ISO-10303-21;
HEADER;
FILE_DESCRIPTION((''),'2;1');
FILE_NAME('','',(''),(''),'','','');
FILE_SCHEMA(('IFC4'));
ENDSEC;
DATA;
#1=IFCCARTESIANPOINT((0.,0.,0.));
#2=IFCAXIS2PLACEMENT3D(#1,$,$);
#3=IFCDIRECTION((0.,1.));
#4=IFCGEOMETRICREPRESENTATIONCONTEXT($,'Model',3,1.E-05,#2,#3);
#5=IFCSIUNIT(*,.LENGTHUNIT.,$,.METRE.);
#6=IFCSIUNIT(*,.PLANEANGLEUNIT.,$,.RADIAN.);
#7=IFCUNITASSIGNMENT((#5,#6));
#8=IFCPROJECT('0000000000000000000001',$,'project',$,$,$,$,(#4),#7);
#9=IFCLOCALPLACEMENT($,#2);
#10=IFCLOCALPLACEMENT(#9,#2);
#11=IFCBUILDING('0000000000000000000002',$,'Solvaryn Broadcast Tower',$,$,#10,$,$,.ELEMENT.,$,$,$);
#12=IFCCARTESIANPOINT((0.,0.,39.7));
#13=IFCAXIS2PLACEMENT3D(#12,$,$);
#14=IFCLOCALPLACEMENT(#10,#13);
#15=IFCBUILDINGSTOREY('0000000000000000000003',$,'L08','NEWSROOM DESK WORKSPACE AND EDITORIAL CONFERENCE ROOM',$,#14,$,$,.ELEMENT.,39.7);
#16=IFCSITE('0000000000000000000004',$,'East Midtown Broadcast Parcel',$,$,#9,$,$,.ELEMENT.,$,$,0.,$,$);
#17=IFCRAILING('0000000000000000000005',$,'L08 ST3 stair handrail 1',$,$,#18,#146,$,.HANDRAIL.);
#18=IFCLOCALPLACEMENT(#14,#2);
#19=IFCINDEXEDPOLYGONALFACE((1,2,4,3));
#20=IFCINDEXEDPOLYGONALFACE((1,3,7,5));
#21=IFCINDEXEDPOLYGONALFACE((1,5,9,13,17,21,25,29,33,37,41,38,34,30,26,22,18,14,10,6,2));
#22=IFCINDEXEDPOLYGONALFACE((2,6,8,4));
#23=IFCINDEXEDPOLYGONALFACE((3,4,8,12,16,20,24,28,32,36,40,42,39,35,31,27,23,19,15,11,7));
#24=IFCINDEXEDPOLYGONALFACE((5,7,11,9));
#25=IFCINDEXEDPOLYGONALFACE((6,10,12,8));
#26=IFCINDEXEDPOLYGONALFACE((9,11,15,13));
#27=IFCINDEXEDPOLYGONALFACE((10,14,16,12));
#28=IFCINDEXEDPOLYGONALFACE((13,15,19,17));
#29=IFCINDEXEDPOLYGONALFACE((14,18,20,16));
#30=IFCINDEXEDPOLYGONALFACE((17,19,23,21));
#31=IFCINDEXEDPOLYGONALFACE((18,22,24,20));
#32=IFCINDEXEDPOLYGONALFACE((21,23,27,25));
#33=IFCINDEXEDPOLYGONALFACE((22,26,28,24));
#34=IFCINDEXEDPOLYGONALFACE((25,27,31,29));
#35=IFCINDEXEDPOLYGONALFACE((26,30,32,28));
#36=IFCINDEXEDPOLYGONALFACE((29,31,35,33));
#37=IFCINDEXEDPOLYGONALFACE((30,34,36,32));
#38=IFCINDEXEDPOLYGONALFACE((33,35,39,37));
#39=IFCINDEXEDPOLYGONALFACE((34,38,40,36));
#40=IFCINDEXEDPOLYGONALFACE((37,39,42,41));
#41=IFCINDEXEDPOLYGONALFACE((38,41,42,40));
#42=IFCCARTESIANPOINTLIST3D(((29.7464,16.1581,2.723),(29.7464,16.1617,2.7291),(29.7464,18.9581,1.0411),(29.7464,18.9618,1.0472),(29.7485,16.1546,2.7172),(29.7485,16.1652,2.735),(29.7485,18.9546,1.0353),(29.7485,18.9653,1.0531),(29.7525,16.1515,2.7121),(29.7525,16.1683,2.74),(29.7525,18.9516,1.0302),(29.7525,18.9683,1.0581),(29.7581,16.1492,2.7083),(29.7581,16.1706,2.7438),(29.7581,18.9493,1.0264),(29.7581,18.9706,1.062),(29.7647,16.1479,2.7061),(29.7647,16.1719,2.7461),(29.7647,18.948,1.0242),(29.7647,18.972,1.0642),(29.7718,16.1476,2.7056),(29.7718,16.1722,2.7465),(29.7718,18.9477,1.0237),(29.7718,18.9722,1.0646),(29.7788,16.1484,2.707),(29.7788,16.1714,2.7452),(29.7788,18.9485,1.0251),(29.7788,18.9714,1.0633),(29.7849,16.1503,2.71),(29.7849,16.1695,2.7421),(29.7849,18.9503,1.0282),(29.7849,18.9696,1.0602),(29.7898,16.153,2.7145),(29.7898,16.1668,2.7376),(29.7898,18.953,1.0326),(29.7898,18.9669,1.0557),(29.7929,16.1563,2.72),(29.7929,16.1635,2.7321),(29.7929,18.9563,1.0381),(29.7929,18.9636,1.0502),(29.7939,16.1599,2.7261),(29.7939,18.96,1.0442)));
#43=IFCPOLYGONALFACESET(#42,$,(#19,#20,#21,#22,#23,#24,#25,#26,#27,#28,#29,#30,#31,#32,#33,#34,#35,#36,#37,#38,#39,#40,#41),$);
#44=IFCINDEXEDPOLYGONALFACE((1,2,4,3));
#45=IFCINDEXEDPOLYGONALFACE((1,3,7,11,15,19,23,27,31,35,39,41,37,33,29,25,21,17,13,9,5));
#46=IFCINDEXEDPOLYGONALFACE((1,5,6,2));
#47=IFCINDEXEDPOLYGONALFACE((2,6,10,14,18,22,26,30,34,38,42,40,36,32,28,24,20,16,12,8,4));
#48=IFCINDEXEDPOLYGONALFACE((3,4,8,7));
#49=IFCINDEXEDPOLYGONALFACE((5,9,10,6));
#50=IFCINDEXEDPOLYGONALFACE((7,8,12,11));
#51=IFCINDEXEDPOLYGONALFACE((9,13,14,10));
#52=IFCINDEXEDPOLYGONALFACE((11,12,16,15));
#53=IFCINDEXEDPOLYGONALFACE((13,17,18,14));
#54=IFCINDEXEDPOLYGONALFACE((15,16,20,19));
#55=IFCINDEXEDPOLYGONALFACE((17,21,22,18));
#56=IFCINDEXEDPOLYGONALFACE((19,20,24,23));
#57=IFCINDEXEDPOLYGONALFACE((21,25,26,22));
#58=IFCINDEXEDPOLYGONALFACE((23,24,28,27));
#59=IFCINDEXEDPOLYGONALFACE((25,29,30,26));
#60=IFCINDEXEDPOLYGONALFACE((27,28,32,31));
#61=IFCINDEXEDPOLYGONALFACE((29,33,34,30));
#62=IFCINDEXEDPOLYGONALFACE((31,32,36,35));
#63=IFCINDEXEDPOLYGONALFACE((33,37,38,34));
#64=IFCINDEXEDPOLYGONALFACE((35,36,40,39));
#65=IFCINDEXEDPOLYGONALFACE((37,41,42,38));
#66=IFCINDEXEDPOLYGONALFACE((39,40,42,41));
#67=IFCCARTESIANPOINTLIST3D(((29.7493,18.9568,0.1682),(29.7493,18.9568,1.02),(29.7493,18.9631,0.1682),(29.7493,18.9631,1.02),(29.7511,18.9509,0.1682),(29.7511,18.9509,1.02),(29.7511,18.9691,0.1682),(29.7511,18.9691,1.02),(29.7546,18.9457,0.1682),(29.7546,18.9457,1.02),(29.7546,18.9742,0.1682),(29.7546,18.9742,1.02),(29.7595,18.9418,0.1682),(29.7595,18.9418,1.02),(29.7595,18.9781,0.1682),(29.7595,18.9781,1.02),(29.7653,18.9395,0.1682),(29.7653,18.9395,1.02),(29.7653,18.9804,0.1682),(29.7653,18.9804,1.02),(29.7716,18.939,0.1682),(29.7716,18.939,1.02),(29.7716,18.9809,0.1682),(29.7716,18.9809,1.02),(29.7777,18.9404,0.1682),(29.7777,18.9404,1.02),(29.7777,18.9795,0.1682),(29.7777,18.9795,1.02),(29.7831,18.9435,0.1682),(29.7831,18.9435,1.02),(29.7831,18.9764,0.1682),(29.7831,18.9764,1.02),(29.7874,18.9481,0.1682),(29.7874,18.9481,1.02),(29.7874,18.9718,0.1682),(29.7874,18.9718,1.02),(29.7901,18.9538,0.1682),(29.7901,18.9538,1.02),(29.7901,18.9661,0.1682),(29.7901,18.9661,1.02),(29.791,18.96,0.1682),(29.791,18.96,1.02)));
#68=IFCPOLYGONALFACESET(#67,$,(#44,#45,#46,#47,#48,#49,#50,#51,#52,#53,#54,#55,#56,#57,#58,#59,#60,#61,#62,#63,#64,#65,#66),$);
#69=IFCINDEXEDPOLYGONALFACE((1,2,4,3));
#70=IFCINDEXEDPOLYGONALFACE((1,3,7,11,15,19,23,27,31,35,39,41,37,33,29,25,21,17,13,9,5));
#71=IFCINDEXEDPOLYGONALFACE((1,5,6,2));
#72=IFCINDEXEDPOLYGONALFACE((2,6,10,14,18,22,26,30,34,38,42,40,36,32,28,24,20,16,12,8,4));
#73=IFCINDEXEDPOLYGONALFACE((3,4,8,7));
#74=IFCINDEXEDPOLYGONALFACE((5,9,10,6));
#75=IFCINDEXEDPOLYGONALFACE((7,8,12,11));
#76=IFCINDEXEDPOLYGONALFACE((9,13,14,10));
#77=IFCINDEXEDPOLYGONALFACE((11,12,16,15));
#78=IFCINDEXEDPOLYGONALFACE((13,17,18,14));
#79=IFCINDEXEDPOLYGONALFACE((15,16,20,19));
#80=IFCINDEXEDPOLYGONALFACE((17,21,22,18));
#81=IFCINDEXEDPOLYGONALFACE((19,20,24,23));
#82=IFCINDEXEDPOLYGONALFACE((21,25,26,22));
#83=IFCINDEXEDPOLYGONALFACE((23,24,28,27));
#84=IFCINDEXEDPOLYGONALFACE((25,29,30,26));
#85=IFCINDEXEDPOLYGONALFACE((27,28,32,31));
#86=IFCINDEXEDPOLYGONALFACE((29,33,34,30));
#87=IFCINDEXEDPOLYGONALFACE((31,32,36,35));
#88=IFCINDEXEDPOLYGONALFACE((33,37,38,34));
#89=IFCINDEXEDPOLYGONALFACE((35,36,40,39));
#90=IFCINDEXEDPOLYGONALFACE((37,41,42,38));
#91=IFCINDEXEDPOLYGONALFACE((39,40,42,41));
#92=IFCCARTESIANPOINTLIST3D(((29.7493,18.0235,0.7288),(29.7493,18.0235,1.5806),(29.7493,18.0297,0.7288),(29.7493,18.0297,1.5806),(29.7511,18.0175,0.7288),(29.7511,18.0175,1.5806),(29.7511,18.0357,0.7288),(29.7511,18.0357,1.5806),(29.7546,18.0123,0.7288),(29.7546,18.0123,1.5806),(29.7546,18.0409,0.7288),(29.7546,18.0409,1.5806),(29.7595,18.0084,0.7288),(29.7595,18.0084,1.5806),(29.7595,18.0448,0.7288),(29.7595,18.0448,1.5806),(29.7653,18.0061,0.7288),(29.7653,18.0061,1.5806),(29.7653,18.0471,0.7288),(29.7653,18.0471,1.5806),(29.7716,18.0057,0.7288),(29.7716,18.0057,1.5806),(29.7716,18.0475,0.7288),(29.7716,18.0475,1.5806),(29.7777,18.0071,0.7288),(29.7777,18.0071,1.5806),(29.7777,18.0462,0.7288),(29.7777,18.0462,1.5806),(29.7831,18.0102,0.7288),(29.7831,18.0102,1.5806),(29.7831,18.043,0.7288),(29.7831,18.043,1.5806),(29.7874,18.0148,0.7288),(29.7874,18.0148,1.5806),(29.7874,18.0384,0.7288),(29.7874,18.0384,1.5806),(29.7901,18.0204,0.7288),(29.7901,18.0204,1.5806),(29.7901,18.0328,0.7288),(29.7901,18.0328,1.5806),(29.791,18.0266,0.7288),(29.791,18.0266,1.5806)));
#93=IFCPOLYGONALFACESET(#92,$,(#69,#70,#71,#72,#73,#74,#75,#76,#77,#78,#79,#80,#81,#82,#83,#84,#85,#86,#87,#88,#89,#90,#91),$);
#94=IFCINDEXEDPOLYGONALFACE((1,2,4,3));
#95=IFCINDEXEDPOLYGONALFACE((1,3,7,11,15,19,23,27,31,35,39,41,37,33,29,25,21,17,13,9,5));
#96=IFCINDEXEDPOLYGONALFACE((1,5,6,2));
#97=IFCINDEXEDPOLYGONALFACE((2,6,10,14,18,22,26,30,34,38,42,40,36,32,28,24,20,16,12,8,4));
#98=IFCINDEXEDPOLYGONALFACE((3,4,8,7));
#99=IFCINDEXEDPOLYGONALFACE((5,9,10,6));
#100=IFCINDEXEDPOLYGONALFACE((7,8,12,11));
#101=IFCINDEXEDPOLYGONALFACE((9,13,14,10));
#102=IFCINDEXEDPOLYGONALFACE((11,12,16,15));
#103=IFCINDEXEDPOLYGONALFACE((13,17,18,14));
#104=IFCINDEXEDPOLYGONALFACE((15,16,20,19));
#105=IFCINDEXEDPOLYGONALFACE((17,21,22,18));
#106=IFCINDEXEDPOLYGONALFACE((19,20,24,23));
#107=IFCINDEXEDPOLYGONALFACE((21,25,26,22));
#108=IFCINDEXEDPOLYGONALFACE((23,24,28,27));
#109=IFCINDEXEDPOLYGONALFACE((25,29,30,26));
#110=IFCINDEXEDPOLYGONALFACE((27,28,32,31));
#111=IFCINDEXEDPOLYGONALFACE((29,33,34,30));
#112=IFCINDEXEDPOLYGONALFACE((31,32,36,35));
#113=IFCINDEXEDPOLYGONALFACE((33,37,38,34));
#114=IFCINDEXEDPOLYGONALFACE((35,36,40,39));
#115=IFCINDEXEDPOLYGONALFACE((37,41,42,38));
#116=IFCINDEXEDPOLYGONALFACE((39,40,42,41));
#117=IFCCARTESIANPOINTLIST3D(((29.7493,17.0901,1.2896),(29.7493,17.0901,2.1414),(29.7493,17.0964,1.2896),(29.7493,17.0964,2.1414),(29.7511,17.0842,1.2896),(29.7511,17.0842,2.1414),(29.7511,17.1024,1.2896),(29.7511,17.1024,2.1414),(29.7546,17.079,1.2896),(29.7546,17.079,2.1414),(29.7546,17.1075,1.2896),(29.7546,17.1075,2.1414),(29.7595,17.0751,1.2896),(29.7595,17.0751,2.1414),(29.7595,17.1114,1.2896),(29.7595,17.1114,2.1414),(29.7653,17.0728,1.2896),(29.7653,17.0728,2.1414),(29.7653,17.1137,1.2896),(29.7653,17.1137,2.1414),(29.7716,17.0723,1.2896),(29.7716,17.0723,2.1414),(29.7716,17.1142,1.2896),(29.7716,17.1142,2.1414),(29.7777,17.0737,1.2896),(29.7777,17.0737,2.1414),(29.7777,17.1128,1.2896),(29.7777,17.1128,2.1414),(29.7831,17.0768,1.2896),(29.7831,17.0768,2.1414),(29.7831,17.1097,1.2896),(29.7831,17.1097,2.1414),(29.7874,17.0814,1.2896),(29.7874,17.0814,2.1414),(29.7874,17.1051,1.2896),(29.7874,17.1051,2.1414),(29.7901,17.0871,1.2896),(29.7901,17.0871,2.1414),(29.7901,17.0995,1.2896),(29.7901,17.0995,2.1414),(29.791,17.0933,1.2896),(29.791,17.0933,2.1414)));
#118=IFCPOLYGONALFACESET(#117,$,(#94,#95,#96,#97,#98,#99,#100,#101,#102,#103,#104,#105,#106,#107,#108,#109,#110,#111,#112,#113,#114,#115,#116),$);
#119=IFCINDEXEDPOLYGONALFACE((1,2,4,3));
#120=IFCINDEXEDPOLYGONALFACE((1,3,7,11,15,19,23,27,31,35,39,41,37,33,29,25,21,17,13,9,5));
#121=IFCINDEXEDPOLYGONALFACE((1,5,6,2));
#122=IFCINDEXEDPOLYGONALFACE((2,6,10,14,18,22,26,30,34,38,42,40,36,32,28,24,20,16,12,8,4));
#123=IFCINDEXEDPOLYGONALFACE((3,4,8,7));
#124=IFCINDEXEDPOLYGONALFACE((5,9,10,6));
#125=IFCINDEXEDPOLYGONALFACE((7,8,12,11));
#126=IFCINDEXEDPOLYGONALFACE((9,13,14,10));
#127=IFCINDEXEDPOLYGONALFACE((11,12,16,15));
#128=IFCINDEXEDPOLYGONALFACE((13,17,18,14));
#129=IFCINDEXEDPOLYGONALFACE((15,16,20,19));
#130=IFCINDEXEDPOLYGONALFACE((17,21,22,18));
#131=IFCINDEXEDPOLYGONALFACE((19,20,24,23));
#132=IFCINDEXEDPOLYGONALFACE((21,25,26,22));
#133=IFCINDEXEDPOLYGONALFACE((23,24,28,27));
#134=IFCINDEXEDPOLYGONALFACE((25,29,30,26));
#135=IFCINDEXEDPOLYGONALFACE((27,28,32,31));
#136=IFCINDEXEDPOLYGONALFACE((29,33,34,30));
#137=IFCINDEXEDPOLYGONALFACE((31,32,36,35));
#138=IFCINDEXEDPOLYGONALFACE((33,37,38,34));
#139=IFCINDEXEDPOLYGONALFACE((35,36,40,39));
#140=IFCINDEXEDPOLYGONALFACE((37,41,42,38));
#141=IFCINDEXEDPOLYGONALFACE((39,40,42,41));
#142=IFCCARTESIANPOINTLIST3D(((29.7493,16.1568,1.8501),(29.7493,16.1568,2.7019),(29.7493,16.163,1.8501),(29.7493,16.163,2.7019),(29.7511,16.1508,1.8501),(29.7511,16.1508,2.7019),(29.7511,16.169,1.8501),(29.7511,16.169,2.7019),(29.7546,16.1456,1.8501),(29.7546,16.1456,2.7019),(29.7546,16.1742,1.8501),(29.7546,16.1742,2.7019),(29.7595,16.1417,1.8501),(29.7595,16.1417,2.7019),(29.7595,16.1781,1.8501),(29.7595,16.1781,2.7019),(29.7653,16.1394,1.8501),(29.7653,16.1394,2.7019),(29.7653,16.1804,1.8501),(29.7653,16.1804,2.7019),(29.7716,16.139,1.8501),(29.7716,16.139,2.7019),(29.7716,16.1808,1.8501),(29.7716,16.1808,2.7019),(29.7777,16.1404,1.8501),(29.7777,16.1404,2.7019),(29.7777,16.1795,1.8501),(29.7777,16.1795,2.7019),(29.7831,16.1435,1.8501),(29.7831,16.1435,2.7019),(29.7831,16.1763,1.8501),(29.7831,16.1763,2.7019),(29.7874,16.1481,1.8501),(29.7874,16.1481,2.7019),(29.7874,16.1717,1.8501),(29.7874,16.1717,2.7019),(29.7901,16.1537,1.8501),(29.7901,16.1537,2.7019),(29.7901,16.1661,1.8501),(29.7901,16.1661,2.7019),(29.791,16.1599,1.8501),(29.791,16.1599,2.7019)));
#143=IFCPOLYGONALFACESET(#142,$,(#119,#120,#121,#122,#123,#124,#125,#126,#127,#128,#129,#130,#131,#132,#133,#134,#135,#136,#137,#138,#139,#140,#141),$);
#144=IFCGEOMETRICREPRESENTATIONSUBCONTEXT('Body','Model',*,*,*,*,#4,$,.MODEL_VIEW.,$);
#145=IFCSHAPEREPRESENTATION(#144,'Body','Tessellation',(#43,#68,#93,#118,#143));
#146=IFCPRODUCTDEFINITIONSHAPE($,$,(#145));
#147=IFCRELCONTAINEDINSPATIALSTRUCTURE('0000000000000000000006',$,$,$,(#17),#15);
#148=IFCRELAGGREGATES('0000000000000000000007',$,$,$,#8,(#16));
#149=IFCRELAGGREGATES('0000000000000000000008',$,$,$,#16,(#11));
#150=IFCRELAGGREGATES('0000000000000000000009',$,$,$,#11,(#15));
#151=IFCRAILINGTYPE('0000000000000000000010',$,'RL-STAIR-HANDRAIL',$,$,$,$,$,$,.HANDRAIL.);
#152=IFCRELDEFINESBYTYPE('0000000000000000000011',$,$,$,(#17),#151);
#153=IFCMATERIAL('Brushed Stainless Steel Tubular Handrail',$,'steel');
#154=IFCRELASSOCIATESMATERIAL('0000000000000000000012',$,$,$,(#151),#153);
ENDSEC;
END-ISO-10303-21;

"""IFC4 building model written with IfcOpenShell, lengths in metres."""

from ifc_helpers import new_model, si_unit, direction, frame, origin, origin_2d, place, context, subcontext, project, spatial, circle, extrude, material, type_object, element, save


model = new_model("IFC4")

# Units and contexts
model_context = context("Model", 3, precision=1e-05, world=origin(), true_north=direction((0.0, 1.0)))
body_context = subcontext(model_context, "Body", "Model", "MODEL_VIEW")
ifc_project = project(units=[si_unit("LENGTHUNIT", "METRE"), si_unit("PLANEANGLEUNIT", "RADIAN")], contexts=[model_context])

# Site, building, storey
site_placement = place(None, origin())
site = spatial("IfcSite", under=ifc_project, at=site_placement, Name="East Midtown Broadcast Parcel", CompositionType="ELEMENT", RefElevation=0.0)
building_placement = place(site_placement, origin())
building = spatial("IfcBuilding", under=site, at=building_placement, Name="Solvaryn Broadcast Tower", CompositionType="ELEMENT")
storey_placement = place(building_placement, frame((0.0, 0.0, 39.7)))
storey = spatial("IfcBuildingStorey", under=building, at=storey_placement, Name="L08", Description="NEWSROOM DESK WORKSPACE AND EDITORIAL CONFERENCE ROOM", CompositionType="ELEMENT", Elevation=39.7)

# Railing
ifc_material_1 = material(Name="Brushed Stainless Steel Tubular Handrail", Category="steel")
railing_type_1 = type_object("IfcRailingType", Name="RL-STAIR-HANDRAIL", PredefinedType="HANDRAIL", material=ifc_material_1)
railing_1_placement = place(storey_placement, frame((29.77, 18.96, 0.1682)))
element("IfcRailing", 1, at=railing_1_placement, inside=storey, type_object=railing_type_1, Name="L08 ST3 stair handrail 1", PredefinedType="HANDRAIL", context=body_context, shape_type="SweptSolid", body=[
    extrude(circle(Radius=0.0239, at=origin_2d()), frame((0.0, 0.0, 0.876), z_axis=(0.0, -0.857242, 0.514913), x_axis=(1.0, 0.0, 0.0)), (0.0, 0.0, 1.0), 3.2664),
    extrude(circle(Radius=0.021, at=origin_2d()), origin(), (0.0, 0.0, 1.0), 0.8518),
    extrude(circle(Radius=0.021, at=origin_2d()), frame((0.0, -0.9333, 0.5605)), (0.0, 0.0, 1.0), 0.8518),
    extrude(circle(Radius=0.021, at=origin_2d()), frame((0.0, -1.8667, 1.1213)), (0.0, 0.0, 1.0), 0.8518),
    extrude(circle(Radius=0.021, at=origin_2d()), frame((0.0, -2.8, 1.6819)), (0.0, 0.0, 1.0), 0.8518),
])

save(model, "model.ifc")
